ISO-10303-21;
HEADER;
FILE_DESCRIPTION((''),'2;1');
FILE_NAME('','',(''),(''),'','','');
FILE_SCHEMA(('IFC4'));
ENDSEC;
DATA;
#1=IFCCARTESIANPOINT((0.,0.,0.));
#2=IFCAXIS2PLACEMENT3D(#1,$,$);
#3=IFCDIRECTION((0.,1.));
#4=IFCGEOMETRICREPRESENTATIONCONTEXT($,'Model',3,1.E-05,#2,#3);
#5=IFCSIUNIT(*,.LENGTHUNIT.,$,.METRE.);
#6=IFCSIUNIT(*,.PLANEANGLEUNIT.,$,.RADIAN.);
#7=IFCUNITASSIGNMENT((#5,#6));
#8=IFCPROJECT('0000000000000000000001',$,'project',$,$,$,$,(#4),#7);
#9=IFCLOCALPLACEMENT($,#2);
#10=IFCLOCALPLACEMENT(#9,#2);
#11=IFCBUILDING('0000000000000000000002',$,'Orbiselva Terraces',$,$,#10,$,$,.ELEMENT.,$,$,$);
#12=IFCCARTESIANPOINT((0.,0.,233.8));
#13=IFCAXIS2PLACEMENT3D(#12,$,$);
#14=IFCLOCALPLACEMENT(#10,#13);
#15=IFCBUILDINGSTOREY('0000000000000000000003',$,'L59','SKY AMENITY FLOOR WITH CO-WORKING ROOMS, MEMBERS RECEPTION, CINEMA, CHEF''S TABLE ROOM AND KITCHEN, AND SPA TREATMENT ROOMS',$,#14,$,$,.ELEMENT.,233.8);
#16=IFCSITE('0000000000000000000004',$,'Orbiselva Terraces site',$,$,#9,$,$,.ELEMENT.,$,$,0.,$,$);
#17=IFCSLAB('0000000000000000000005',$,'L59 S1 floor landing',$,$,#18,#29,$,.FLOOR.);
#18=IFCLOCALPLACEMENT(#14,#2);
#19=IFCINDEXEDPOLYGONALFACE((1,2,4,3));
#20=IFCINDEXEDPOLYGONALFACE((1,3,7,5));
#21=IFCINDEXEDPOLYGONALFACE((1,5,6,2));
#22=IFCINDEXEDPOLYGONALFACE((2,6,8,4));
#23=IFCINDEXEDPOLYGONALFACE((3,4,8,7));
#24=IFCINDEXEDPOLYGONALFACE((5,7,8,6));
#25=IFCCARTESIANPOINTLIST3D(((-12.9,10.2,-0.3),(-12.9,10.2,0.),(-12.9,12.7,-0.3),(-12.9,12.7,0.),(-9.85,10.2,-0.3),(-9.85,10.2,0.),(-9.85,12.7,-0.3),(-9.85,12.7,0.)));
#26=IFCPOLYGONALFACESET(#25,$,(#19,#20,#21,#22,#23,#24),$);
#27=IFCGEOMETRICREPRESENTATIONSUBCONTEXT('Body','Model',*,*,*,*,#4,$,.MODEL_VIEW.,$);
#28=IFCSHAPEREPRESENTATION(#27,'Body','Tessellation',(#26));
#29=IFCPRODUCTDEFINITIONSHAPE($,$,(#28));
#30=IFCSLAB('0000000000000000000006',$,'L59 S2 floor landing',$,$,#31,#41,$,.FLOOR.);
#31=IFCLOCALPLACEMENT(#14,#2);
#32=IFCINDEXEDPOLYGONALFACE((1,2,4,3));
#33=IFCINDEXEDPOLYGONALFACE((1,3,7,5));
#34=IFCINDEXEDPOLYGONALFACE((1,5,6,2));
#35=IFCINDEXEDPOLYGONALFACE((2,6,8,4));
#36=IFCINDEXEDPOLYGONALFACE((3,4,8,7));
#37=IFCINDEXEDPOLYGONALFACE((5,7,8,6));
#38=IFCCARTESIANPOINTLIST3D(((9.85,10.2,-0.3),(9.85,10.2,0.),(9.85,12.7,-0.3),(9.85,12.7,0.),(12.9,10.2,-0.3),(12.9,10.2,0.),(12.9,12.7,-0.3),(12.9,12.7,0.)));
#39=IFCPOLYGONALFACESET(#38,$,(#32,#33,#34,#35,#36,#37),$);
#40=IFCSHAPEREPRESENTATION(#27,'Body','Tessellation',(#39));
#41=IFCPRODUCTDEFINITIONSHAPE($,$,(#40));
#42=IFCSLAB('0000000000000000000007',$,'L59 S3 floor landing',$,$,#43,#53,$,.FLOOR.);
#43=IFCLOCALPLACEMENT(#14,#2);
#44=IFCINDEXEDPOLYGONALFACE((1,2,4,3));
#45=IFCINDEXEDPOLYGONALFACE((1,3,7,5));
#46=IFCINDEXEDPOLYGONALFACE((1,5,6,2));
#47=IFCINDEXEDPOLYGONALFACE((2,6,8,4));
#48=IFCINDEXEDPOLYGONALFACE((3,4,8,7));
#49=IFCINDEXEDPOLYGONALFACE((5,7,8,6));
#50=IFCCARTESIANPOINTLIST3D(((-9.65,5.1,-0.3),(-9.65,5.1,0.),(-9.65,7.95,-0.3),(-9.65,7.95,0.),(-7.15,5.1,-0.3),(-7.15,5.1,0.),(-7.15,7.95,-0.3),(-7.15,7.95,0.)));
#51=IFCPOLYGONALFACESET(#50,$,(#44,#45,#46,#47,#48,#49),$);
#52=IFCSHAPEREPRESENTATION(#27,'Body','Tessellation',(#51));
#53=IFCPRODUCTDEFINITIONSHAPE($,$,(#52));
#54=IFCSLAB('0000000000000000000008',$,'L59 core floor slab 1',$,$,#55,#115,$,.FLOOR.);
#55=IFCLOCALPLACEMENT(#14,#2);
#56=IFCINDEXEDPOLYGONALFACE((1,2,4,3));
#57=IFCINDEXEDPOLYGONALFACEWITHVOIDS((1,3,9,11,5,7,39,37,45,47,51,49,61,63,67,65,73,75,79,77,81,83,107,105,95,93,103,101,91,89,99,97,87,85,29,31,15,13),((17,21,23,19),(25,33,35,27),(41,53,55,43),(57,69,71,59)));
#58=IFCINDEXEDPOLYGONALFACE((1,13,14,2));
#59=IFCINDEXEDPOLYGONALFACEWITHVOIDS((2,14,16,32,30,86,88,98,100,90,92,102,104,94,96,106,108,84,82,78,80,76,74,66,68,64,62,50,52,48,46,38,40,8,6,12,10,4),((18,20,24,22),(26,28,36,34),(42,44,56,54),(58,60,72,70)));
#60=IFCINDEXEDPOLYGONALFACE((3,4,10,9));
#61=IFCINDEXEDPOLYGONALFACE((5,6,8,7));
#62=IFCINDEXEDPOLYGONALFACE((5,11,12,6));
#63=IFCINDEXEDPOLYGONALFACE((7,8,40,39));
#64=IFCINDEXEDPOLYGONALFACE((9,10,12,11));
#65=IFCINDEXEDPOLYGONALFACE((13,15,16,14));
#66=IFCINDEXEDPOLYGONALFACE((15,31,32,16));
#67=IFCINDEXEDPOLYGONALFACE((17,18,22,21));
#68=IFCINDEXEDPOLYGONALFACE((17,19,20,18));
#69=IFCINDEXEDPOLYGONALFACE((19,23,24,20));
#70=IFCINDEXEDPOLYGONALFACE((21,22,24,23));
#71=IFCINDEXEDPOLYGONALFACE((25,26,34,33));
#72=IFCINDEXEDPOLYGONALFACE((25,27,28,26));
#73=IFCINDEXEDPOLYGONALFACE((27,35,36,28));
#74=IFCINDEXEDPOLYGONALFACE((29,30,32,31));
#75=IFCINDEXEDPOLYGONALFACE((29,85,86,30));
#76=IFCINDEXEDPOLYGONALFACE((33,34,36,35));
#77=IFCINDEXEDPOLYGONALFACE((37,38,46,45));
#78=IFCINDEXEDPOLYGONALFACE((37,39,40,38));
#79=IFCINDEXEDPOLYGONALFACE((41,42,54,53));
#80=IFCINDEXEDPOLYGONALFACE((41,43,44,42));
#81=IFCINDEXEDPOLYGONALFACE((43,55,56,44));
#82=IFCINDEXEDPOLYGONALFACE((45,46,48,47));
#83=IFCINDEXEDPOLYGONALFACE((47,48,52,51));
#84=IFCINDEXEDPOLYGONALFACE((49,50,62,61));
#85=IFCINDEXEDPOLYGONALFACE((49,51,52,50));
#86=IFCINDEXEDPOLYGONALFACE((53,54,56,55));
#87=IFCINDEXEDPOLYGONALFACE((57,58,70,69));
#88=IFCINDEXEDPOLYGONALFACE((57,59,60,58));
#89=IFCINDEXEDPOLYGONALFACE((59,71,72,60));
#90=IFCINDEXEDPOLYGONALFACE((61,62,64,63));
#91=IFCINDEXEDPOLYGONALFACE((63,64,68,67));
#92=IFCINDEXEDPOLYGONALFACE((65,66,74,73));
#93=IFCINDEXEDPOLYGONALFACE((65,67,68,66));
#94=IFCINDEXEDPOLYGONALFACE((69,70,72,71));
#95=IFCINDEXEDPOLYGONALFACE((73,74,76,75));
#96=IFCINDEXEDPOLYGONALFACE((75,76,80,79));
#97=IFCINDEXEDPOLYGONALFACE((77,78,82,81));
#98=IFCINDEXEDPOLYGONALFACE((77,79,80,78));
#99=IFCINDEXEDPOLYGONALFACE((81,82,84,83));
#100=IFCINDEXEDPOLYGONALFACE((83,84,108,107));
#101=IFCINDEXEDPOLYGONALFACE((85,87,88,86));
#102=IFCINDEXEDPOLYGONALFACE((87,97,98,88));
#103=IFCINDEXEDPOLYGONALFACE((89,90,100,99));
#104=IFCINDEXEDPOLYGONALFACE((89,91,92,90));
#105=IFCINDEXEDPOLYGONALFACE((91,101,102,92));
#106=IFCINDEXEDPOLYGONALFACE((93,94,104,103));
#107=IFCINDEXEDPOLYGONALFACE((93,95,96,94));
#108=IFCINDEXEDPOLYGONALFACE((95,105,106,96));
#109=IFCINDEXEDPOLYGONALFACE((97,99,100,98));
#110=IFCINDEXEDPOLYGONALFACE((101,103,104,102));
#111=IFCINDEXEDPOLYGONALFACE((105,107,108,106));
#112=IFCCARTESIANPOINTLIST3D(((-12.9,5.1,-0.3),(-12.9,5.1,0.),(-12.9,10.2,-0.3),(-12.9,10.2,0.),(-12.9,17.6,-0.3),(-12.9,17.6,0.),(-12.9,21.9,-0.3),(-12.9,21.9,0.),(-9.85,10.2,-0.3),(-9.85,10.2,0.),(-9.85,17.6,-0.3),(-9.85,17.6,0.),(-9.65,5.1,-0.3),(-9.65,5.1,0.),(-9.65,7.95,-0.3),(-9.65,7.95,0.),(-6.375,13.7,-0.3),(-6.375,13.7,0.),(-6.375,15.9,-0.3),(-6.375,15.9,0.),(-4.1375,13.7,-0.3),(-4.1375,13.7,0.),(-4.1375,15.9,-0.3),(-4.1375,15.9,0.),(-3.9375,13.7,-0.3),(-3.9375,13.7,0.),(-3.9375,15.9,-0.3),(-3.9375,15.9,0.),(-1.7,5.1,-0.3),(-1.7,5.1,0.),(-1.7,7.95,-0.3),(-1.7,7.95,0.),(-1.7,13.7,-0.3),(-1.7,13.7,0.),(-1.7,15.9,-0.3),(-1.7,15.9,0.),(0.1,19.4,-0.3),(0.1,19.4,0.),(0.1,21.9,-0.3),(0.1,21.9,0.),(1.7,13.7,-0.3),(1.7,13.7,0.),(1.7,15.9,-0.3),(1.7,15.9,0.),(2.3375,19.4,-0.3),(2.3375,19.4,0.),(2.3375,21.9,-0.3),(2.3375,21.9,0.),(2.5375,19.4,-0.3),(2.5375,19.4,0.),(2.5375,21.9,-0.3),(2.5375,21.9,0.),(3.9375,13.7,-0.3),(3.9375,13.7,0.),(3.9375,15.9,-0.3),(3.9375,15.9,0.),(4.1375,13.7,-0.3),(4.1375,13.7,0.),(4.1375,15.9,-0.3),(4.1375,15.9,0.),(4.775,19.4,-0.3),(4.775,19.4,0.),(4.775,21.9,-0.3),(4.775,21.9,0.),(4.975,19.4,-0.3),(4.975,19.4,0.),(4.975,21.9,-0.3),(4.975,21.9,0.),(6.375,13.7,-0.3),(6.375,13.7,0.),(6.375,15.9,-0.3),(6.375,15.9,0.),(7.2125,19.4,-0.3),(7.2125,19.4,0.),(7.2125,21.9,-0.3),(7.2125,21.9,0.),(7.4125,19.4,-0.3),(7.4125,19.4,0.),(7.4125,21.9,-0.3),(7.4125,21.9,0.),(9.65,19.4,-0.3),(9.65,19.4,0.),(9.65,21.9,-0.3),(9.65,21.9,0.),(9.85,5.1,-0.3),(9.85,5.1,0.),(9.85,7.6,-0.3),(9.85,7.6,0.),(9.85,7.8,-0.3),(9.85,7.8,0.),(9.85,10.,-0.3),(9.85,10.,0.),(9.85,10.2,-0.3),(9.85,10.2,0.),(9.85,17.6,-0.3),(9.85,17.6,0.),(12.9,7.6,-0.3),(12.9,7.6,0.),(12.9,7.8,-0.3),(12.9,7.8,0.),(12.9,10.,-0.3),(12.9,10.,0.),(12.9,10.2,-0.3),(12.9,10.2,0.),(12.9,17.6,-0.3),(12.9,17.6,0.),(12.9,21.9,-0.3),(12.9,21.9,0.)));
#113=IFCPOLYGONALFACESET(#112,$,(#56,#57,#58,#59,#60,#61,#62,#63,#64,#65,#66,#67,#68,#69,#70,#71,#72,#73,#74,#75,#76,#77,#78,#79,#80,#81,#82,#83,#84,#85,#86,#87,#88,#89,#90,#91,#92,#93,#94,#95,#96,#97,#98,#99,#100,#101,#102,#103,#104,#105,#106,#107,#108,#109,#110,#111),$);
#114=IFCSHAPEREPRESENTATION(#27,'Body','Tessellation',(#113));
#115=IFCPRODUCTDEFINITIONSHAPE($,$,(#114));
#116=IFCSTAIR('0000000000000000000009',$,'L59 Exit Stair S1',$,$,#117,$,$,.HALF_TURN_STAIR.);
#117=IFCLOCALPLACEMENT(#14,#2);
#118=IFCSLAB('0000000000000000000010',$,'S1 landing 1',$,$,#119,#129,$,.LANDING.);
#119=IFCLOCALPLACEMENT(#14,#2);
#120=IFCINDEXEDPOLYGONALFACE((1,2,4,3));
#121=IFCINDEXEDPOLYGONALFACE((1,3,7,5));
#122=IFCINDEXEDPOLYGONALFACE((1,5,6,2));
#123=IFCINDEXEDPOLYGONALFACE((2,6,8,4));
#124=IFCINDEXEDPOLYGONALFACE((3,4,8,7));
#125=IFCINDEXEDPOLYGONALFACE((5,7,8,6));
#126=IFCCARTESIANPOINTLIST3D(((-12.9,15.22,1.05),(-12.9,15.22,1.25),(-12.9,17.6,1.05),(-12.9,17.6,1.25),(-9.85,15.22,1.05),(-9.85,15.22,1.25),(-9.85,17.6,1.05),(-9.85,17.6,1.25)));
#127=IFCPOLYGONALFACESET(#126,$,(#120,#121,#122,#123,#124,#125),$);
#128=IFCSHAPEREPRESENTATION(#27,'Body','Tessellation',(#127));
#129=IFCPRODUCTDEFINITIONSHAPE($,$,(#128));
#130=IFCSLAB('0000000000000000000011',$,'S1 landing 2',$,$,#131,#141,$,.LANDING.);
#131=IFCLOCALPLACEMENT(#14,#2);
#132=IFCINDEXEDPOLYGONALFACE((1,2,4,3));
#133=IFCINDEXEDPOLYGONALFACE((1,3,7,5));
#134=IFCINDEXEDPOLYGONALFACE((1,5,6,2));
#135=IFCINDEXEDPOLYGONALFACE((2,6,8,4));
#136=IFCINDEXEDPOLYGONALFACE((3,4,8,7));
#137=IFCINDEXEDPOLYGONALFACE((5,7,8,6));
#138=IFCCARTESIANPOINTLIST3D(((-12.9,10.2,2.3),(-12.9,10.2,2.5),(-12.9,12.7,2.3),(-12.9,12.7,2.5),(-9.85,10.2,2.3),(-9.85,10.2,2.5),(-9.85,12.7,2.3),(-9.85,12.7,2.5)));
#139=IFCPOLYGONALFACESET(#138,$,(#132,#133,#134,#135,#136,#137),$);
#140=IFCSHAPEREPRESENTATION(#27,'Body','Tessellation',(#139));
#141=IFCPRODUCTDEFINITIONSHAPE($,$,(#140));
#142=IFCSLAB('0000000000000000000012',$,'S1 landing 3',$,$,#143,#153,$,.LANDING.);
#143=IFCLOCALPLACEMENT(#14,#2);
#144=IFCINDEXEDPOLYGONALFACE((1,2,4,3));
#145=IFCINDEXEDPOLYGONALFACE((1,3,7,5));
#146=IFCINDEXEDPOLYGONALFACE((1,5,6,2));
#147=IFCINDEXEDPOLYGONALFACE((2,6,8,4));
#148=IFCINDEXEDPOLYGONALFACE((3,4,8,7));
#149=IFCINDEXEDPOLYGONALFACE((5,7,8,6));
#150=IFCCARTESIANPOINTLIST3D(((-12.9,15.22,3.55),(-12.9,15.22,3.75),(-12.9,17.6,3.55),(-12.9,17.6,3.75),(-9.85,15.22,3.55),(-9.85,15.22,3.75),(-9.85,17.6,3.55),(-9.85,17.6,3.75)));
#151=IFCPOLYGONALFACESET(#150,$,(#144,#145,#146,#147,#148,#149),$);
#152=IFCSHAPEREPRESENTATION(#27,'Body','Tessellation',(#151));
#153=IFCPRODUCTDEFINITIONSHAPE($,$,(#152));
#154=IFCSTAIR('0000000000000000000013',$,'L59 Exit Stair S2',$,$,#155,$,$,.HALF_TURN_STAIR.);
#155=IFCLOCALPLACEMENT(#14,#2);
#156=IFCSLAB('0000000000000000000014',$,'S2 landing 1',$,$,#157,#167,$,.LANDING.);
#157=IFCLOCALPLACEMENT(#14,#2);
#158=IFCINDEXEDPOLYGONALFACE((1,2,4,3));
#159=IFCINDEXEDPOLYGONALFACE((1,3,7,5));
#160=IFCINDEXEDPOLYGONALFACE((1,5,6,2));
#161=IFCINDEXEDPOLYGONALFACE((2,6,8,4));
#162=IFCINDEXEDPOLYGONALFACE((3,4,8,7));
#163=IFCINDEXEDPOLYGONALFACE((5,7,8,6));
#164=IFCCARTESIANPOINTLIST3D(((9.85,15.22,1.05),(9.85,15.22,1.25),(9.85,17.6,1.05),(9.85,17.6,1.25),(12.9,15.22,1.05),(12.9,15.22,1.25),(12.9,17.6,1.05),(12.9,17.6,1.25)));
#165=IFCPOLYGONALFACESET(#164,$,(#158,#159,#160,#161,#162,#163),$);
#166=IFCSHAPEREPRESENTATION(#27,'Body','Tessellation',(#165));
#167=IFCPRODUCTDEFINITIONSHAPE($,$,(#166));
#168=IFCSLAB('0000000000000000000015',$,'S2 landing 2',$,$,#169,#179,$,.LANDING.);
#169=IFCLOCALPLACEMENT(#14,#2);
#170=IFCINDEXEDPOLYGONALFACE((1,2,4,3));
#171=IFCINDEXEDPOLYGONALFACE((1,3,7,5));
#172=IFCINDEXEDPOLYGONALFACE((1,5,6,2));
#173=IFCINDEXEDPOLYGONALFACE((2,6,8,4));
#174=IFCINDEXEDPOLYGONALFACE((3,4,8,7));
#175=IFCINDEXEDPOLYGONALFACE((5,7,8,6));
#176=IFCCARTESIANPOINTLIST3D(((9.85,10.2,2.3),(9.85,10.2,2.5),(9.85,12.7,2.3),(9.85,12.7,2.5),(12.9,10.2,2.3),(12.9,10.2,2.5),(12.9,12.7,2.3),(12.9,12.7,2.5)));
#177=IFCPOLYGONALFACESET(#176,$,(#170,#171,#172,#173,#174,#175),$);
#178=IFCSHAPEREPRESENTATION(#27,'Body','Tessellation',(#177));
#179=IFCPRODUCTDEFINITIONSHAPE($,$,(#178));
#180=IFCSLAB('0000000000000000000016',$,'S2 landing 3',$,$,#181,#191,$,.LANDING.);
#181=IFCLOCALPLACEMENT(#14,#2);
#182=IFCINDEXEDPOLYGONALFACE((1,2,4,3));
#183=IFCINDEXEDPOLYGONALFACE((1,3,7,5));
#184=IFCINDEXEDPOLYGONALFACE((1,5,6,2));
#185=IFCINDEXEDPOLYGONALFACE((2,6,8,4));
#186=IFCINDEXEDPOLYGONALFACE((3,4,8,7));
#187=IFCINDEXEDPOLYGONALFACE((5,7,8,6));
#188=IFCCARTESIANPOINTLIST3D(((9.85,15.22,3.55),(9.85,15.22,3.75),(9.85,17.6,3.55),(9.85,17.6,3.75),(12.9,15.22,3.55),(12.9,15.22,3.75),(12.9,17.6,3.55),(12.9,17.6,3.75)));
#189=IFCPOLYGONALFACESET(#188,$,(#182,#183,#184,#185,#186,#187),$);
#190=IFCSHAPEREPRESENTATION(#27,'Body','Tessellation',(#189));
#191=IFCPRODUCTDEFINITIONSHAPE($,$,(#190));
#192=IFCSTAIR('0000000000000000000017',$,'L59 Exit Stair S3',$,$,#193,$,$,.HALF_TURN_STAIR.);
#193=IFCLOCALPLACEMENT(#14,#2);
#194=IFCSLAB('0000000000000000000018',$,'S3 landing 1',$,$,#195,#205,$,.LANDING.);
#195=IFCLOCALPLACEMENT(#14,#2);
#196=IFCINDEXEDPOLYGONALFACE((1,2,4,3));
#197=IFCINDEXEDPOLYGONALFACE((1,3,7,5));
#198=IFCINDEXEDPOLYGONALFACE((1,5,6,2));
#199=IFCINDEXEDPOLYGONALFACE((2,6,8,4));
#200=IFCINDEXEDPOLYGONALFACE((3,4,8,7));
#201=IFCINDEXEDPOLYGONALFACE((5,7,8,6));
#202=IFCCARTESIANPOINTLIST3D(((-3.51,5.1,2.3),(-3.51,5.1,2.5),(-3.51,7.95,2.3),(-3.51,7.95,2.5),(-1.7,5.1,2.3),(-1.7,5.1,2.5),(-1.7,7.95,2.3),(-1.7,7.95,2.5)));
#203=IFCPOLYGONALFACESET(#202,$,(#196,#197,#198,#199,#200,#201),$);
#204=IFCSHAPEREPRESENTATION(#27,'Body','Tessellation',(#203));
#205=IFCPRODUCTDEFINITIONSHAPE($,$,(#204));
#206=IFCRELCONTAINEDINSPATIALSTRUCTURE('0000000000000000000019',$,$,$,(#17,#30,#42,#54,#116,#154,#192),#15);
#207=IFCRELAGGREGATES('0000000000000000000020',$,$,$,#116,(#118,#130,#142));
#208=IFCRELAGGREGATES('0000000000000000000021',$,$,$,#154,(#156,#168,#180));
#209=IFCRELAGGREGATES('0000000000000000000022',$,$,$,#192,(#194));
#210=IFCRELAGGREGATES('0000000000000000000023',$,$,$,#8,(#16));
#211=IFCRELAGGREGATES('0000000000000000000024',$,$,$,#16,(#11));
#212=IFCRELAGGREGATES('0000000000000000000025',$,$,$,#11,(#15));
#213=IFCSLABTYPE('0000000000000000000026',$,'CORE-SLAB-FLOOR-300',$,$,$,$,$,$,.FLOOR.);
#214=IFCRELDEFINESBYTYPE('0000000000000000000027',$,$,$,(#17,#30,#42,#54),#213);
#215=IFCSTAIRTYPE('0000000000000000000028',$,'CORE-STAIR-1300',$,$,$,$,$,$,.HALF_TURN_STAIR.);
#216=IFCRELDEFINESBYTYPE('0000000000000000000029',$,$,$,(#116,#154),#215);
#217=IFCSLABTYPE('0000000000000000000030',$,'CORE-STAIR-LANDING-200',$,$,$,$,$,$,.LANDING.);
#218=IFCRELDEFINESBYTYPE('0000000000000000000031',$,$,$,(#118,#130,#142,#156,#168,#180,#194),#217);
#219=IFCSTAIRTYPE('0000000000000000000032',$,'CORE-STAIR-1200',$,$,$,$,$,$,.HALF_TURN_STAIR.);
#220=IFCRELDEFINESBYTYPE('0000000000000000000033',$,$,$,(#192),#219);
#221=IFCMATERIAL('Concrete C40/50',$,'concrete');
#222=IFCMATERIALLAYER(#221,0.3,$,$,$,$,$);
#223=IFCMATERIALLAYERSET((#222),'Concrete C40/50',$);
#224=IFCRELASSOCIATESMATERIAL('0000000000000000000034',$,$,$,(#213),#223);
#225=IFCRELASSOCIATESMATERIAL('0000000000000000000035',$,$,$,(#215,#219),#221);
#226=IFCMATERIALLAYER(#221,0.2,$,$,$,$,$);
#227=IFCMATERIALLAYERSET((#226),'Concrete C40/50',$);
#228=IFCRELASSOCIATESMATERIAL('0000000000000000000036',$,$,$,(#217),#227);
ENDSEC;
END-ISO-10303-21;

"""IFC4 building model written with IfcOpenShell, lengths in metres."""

from ifc_helpers import new_model, si_unit, direction, frame, origin, place, context, subcontext, project, spatial, polyline, outline, extrude, material, layer, layer_set, type_object, element, aggregate, save


model = new_model("IFC4")

# Units and contexts
model_context = context("Model", 3, precision=1e-05, world=origin(), true_north=direction((0.0, 1.0)))
body_context = subcontext(model_context, "Body", "Model", "MODEL_VIEW")
ifc_project = project(units=[si_unit("LENGTHUNIT", "METRE"), si_unit("PLANEANGLEUNIT", "RADIAN")], contexts=[model_context])

# Site, building, storey
site_placement = place(None, origin())
site = spatial("IfcSite", under=ifc_project, at=site_placement, Name="Orbiselva Terraces site", CompositionType="ELEMENT", RefElevation=0.0)
building_placement = place(site_placement, origin())
building = spatial("IfcBuilding", under=site, at=building_placement, Name="Orbiselva Terraces", CompositionType="ELEMENT")
storey_placement = place(building_placement, frame((0.0, 0.0, 233.8)))
storey = spatial("IfcBuildingStorey", under=building, at=storey_placement, Name="L59", Description="SKY AMENITY FLOOR WITH CO-WORKING ROOMS, MEMBERS RECEPTION, CINEMA, CHEF'S TABLE ROOM AND KITCHEN, AND SPA TREATMENT ROOMS", CompositionType="ELEMENT", Elevation=233.8)

# Slabs
ifc_material_1 = material(Name="Concrete C40/50", Category="concrete")
ifc_layer_1 = layer(ifc_material_1, 0.3)
ifc_layer_set_1 = layer_set([ifc_layer_1], Name="Concrete C40/50")
slab_type_1 = type_object("IfcSlabType", Name="CORE-SLAB-FLOOR-300", PredefinedType="FLOOR", material=ifc_layer_set_1)
slab_1_placement = place(storey_placement, frame((0.0, 0.0, -0.3)))
element("IfcSlab", 1, at=slab_1_placement, inside=storey, type_object=slab_type_1, Name="L59 S1 floor landing", PredefinedType="FLOOR", context=body_context, shape_type="SweptSolid", body=[
    extrude(outline(polyline([(-12.9, 12.7), (-9.85, 12.7), (-9.85, 10.2), (-12.9, 10.2), (-12.9, 12.7)])), origin(), (0.0, 0.0, 1.0), 0.3),
])
slab_2_placement = place(storey_placement, frame((0.0, 0.0, -0.3)))
element("IfcSlab", 2, at=slab_2_placement, inside=storey, type_object=slab_type_1, Name="L59 S2 floor landing", PredefinedType="FLOOR", context=body_context, shape_type="SweptSolid", body=[
    extrude(outline(polyline([(12.9, 12.7), (12.9, 10.2), (9.85, 10.2), (9.85, 12.7), (12.9, 12.7)])), origin(), (0.0, 0.0, 1.0), 0.3),
])
slab_3_placement = place(storey_placement, frame((0.0, 0.0, -0.3)))
element("IfcSlab", 3, at=slab_3_placement, inside=storey, type_object=slab_type_1, Name="L59 S3 floor landing", PredefinedType="FLOOR", context=body_context, shape_type="SweptSolid", body=[
    extrude(outline(polyline([(-7.15, 5.1), (-9.65, 5.1), (-9.65, 7.95), (-7.15, 7.95), (-7.15, 5.1)])), origin(), (0.0, 0.0, 1.0), 0.3),
])
slab_4_placement = place(storey_placement, frame((0.0, 0.0, -0.3)))
element("IfcSlab", 4, at=slab_4_placement, inside=storey, type_object=slab_type_1, Name="L59 core floor slab 1", PredefinedType="FLOOR", context=body_context, shape_type="SweptSolid", body=[
    extrude(outline(polyline([(-1.7, 5.1), (-1.7, 7.95), (-9.65, 7.95), (-9.65, 5.1), (-12.9, 5.1), (-12.9, 10.2), (-9.85, 10.2), (-9.85, 17.6), (-12.9, 17.6), (-12.9, 21.9), (0.1, 21.9), (0.1, 19.4), (2.3375, 19.4), (2.3375, 21.9), (2.5375, 21.9), (2.5375, 19.4), (4.775, 19.4), (4.775, 21.9), (4.975, 21.9), (4.975, 19.4), (7.2125, 19.4), (7.2125, 21.9), (7.4125, 21.9), (7.4125, 19.4), (9.65, 19.4), (9.65, 21.9), (12.9, 21.9), (12.9, 17.6), (9.85, 17.6), (9.85, 10.2), (12.9, 10.2), (12.9, 10.0), (9.85, 10.0), (9.85, 7.8), (12.9, 7.8), (12.9, 7.6), (9.85, 7.6), (9.85, 5.1), (-1.7, 5.1)]), holes=[polyline([(-4.1375, 13.7), (-4.1375, 15.9), (-6.375, 15.9), (-6.375, 13.7), (-4.1375, 13.7)]), polyline([(-1.7, 13.7), (-1.7, 15.9), (-3.9375, 15.9), (-3.9375, 13.7), (-1.7, 13.7)]), polyline([(3.9375, 15.9), (1.7, 15.9), (1.7, 13.7), (3.9375, 13.7), (3.9375, 15.9)]), polyline([(6.375, 13.7), (6.375, 15.9), (4.1375, 15.9), (4.1375, 13.7), (6.375, 13.7)])]), origin(), (0.0, 0.0, 1.0), 0.3),
])

# Stairs, slabs
stair_type_1 = type_object("IfcStairType", Name="CORE-STAIR-1300", PredefinedType="HALF_TURN_STAIR", material=ifc_material_1)
stair_1_placement = place(storey_placement, origin())
stair_1 = element("IfcStair", 5, at=stair_1_placement, inside=storey, type_object=stair_type_1, Name="L59 Exit Stair S1", PredefinedType="HALF_TURN_STAIR")
ifc_layer_2 = layer(ifc_material_1, 0.2)
ifc_layer_set_2 = layer_set([ifc_layer_2], Name="Concrete C40/50")
slab_type_2 = type_object("IfcSlabType", Name="CORE-STAIR-LANDING-200", PredefinedType="LANDING", material=ifc_layer_set_2)
slab_5_placement = place(storey_placement, frame((0.0, 0.0, 1.05)))
slab_5 = element("IfcSlab", 6, at=slab_5_placement, type_object=slab_type_2, Name="S1 landing 1", PredefinedType="LANDING", context=body_context, shape_type="SweptSolid", body=[
    extrude(outline(polyline([(-9.85, 15.22), (-9.85, 17.6), (-12.9, 17.6), (-12.9, 15.22), (-9.85, 15.22)])), origin(), (0.0, 0.0, 1.0), 0.2),
])
slab_6_placement = place(storey_placement, frame((0.0, 0.0, 2.3)))
slab_6 = element("IfcSlab", 7, at=slab_6_placement, type_object=slab_type_2, Name="S1 landing 2", PredefinedType="LANDING", context=body_context, shape_type="SweptSolid", body=[
    extrude(outline(polyline([(-9.85, 10.2), (-9.85, 12.7), (-12.9, 12.7), (-12.9, 10.2), (-9.85, 10.2)])), origin(), (0.0, 0.0, 1.0), 0.2),
])
slab_7_placement = place(storey_placement, frame((0.0, 0.0, 3.55)))
slab_7 = element("IfcSlab", 8, at=slab_7_placement, type_object=slab_type_2, Name="S1 landing 3", PredefinedType="LANDING", context=body_context, shape_type="SweptSolid", body=[
    extrude(outline(polyline([(-9.85, 15.22), (-9.85, 17.6), (-12.9, 17.6), (-12.9, 15.22), (-9.85, 15.22)])), origin(), (0.0, 0.0, 1.0), 0.2),
])
aggregate(stair_1, [slab_5, slab_6, slab_7])
stair_2_placement = place(storey_placement, origin())
stair_2 = element("IfcStair", 9, at=stair_2_placement, inside=storey, type_object=stair_type_1, Name="L59 Exit Stair S2", PredefinedType="HALF_TURN_STAIR")
slab_8_placement = place(storey_placement, frame((0.0, 0.0, 1.05)))
slab_8 = element("IfcSlab", 10, at=slab_8_placement, type_object=slab_type_2, Name="S2 landing 1", PredefinedType="LANDING", context=body_context, shape_type="SweptSolid", body=[
    extrude(outline(polyline([(12.9, 15.22), (12.9, 17.6), (9.85, 17.6), (9.85, 15.22), (12.9, 15.22)])), origin(), (0.0, 0.0, 1.0), 0.2),
])
slab_9_placement = place(storey_placement, frame((0.0, 0.0, 2.3)))
slab_9 = element("IfcSlab", 11, at=slab_9_placement, type_object=slab_type_2, Name="S2 landing 2", PredefinedType="LANDING", context=body_context, shape_type="SweptSolid", body=[
    extrude(outline(polyline([(12.9, 10.2), (12.9, 12.7), (9.85, 12.7), (9.85, 10.2), (12.9, 10.2)])), origin(), (0.0, 0.0, 1.0), 0.2),
])
slab_10_placement = place(storey_placement, frame((0.0, 0.0, 3.55)))
slab_10 = element("IfcSlab", 12, at=slab_10_placement, type_object=slab_type_2, Name="S2 landing 3", PredefinedType="LANDING", context=body_context, shape_type="SweptSolid", body=[
    extrude(outline(polyline([(12.9, 15.22), (12.9, 17.6), (9.85, 17.6), (9.85, 15.22), (12.9, 15.22)])), origin(), (0.0, 0.0, 1.0), 0.2),
])
aggregate(stair_2, [slab_8, slab_9, slab_10])

# Stair, slab
stair_type_2 = type_object("IfcStairType", Name="CORE-STAIR-1200", PredefinedType="HALF_TURN_STAIR", material=ifc_material_1)
stair_3_placement = place(storey_placement, origin())
stair_3 = element("IfcStair", 13, at=stair_3_placement, inside=storey, type_object=stair_type_2, Name="L59 Exit Stair S3", PredefinedType="HALF_TURN_STAIR")
slab_11_placement = place(storey_placement, frame((0.0, 0.0, 2.3)))
slab_11 = element("IfcSlab", 14, at=slab_11_placement, type_object=slab_type_2, Name="S3 landing 1", PredefinedType="LANDING", context=body_context, shape_type="SweptSolid", body=[
    extrude(outline(polyline([(-3.51, 5.1), (-1.7, 5.1), (-1.7, 7.95), (-3.51, 7.95), (-3.51, 5.1)])), origin(), (0.0, 0.0, 1.0), 0.2),
])
aggregate(stair_3, [slab_11])

save(model, "model.ifc")
